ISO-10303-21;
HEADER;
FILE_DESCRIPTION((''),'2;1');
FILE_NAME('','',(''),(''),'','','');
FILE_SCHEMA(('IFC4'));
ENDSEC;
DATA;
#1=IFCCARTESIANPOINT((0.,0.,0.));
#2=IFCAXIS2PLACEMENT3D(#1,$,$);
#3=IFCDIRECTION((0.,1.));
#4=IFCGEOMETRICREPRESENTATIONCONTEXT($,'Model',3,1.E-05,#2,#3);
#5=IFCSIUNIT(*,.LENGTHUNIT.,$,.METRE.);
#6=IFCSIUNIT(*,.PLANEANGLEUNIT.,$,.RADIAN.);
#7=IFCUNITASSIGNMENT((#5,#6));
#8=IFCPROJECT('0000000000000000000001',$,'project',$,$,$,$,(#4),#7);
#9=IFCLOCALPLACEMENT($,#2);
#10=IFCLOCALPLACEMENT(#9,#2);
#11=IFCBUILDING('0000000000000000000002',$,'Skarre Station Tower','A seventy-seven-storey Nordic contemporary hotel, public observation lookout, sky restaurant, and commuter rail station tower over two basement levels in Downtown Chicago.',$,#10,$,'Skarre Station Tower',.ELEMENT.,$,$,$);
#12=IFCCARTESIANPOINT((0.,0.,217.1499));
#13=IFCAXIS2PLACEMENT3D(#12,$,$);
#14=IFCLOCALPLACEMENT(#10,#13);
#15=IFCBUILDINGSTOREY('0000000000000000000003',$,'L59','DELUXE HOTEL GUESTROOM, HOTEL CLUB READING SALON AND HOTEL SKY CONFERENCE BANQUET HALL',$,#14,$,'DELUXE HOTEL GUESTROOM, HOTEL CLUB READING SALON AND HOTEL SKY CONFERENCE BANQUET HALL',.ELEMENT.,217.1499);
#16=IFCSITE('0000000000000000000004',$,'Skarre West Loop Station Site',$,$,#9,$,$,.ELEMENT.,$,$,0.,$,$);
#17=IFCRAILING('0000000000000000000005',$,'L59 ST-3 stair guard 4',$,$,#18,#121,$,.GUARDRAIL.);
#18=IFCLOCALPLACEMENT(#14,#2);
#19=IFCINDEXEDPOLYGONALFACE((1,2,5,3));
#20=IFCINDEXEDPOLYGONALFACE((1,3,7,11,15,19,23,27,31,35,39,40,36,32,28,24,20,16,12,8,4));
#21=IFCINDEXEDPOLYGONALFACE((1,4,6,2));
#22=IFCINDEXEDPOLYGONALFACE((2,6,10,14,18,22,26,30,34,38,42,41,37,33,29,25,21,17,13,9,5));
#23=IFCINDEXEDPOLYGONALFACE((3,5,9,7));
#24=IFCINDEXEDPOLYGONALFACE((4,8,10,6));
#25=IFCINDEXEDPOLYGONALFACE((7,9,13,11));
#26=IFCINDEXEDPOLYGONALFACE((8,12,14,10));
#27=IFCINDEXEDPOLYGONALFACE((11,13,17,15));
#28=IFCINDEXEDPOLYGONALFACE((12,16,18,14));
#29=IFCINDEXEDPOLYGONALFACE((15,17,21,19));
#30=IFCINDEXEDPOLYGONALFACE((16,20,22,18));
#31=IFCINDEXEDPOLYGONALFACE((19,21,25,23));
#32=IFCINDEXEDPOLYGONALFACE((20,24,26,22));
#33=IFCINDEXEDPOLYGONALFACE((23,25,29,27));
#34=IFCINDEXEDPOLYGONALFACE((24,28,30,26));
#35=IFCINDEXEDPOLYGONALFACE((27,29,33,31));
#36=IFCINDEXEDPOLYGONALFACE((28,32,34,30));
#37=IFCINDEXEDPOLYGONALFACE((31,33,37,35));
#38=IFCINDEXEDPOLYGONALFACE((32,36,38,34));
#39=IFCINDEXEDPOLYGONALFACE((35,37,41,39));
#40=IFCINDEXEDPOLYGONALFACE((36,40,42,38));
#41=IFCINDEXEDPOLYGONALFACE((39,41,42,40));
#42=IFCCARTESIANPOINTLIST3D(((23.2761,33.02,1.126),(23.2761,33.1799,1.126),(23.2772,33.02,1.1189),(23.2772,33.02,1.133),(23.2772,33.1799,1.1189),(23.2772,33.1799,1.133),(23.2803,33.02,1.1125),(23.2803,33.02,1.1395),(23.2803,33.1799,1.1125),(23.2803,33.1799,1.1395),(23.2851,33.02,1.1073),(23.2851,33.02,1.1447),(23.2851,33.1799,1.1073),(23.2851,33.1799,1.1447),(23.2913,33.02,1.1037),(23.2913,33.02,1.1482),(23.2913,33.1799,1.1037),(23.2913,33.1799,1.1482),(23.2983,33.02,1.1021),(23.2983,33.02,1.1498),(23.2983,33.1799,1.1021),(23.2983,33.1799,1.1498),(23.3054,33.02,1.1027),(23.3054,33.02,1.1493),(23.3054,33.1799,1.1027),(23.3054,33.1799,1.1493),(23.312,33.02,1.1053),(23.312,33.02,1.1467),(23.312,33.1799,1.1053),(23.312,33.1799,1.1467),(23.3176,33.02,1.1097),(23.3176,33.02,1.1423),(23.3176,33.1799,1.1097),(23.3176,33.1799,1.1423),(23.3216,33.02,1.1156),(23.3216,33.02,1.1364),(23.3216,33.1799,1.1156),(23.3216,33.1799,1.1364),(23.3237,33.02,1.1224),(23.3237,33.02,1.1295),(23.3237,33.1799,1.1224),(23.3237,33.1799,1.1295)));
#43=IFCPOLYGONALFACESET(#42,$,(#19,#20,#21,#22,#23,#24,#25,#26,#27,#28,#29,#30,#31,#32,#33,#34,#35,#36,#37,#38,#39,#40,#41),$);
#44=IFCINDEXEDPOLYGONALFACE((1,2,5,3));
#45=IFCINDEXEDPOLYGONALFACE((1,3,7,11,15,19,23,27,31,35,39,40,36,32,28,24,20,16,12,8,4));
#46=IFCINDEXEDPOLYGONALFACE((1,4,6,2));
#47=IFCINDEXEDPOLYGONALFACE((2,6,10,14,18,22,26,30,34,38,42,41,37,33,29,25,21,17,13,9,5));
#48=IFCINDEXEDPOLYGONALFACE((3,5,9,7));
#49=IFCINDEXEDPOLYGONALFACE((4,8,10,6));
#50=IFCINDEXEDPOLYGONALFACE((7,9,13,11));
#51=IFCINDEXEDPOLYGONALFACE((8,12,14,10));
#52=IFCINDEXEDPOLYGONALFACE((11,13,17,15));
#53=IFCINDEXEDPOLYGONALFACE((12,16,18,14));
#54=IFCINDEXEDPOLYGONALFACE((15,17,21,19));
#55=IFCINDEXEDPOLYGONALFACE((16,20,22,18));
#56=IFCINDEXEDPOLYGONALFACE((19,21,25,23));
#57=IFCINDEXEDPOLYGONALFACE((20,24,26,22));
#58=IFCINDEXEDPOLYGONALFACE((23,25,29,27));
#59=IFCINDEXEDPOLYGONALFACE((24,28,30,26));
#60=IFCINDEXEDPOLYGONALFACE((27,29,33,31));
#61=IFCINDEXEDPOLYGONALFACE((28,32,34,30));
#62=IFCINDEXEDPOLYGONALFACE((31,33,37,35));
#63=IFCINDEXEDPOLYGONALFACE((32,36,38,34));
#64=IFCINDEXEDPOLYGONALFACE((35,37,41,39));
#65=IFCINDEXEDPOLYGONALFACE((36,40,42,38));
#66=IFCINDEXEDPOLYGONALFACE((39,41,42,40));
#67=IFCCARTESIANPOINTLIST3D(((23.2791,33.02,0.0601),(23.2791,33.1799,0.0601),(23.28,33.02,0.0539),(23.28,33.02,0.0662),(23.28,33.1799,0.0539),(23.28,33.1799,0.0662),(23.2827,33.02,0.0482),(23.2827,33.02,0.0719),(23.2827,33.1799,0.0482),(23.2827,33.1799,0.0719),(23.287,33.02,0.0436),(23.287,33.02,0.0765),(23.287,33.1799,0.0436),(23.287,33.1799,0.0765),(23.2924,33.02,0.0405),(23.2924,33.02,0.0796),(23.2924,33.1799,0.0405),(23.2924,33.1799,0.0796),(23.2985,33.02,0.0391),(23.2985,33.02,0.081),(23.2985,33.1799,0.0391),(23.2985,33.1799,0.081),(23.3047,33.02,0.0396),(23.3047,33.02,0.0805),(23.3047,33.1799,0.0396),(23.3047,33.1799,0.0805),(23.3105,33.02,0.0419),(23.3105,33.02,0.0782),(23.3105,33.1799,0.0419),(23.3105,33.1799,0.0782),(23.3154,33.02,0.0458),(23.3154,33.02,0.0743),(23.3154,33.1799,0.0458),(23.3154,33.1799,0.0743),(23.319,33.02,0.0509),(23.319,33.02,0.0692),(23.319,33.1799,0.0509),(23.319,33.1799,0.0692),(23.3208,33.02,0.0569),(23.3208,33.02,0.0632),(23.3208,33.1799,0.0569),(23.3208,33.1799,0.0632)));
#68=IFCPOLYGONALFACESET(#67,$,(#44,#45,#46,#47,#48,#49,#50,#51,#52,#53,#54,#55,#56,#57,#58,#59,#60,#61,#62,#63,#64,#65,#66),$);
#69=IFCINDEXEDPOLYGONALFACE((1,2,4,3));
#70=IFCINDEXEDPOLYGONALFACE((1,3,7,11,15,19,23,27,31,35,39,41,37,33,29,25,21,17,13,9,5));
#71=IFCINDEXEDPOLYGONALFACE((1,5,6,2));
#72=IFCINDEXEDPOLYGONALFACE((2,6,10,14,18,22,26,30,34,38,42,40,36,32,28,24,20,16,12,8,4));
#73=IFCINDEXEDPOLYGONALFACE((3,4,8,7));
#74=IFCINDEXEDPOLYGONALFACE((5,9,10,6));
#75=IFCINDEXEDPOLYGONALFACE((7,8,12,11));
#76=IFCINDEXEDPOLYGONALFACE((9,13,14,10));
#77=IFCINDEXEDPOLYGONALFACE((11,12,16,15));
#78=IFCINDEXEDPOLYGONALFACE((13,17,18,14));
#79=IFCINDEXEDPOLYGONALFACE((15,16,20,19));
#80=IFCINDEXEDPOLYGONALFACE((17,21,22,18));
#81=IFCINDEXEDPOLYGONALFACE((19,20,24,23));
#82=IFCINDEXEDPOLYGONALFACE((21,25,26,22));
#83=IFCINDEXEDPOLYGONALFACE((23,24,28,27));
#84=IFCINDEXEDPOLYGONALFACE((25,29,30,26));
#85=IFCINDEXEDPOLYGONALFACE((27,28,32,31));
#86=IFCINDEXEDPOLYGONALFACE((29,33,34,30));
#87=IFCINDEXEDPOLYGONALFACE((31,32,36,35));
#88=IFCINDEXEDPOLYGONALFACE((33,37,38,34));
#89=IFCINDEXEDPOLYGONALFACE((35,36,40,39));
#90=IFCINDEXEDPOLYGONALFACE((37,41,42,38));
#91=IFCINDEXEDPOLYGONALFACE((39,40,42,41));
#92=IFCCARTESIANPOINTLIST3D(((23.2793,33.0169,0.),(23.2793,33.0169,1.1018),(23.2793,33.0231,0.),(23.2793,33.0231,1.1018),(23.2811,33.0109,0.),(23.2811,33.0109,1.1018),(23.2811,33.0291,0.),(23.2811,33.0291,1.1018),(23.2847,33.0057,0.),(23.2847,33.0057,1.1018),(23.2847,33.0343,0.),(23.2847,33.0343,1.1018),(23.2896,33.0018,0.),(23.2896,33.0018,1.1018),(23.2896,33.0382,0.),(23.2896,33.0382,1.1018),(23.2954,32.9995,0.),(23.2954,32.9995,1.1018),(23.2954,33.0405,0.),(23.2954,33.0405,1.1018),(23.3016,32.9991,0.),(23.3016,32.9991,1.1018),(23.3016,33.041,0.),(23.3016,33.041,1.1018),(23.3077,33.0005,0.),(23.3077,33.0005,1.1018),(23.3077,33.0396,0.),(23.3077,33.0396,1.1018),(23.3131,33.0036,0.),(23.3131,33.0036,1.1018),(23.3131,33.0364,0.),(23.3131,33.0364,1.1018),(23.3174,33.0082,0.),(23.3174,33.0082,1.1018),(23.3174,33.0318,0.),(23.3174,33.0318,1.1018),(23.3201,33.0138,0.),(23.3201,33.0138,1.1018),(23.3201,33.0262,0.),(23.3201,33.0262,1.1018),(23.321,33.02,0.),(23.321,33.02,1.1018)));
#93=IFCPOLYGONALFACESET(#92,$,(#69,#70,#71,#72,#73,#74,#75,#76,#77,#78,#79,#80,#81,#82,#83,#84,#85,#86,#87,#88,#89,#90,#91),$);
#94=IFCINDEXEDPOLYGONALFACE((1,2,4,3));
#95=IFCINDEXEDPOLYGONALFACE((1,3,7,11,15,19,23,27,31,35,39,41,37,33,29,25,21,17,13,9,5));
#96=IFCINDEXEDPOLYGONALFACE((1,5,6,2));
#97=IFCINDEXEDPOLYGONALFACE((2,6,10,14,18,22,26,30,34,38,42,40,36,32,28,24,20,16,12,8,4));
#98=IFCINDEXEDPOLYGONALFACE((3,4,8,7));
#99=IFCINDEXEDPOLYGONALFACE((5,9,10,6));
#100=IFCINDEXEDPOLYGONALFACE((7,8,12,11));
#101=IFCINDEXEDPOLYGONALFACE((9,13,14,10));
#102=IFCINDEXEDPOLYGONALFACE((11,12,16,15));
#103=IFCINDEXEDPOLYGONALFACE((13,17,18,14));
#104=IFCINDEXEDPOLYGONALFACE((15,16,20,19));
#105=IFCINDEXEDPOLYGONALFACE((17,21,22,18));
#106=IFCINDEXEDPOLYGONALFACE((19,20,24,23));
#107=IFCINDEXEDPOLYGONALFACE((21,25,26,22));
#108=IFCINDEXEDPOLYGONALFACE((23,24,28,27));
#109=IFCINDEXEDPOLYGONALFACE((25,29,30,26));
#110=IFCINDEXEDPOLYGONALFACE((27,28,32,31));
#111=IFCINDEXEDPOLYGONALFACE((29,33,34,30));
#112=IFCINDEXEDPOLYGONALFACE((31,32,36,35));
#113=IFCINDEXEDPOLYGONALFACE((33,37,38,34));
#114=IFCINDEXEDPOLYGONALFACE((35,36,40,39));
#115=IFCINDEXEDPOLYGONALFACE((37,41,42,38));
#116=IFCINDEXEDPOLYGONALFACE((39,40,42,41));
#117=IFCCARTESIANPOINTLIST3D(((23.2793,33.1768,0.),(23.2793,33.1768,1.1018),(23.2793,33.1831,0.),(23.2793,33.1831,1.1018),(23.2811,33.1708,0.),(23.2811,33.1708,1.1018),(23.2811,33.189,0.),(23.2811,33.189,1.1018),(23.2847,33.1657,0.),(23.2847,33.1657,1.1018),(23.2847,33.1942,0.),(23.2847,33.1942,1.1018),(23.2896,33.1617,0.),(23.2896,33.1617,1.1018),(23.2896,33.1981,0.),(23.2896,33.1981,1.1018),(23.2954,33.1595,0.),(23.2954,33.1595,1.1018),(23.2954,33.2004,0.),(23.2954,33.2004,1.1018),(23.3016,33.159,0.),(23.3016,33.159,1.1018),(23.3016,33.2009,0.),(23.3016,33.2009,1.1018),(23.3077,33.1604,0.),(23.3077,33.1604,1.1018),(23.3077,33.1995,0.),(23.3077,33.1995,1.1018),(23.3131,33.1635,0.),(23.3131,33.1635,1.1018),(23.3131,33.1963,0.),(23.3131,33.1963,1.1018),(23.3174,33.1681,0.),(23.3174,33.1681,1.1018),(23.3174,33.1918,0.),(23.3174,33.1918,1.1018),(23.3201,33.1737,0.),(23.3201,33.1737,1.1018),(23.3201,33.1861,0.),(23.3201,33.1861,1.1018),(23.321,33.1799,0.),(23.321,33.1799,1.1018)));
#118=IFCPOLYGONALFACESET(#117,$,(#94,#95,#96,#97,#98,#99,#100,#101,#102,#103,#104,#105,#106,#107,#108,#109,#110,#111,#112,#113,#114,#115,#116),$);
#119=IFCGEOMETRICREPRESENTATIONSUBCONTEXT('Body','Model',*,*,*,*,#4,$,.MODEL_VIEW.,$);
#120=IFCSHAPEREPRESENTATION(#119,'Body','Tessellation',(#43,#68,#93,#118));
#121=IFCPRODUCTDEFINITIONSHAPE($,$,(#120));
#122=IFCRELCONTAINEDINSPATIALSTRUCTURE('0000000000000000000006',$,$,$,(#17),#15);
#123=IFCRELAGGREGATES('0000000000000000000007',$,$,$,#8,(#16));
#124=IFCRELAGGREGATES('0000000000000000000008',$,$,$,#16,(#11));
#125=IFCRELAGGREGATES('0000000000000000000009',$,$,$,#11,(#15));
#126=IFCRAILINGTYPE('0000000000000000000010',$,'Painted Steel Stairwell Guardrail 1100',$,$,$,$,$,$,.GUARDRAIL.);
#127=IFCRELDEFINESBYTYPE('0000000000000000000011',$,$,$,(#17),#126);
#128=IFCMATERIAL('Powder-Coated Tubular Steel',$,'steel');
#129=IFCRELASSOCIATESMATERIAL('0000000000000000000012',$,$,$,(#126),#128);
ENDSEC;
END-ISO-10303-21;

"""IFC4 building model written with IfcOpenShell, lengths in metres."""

from ifc_helpers import new_model, si_unit, direction, frame, origin, origin_2d, place, context, subcontext, project, spatial, circle, extrude, material, type_object, element, save


model = new_model("IFC4")

# Units and contexts
model_context = context("Model", 3, precision=1e-05, world=origin(), true_north=direction((0.0, 1.0)))
body_context = subcontext(model_context, "Body", "Model", "MODEL_VIEW")
ifc_project = project(units=[si_unit("LENGTHUNIT", "METRE"), si_unit("PLANEANGLEUNIT", "RADIAN")], contexts=[model_context])

# Site, building, storey
site_placement = place(None, origin())
site = spatial("IfcSite", under=ifc_project, at=site_placement, Name="Skarre West Loop Station Site", CompositionType="ELEMENT", RefElevation=0.0)
building_placement = place(site_placement, origin())
building = spatial("IfcBuilding", under=site, at=building_placement, Name="Skarre Station Tower", Description="A seventy-seven-storey Nordic contemporary hotel, public observation lookout, sky restaurant, and commuter rail station tower over two basement levels in Downtown Chicago.", LongName="Skarre Station Tower", CompositionType="ELEMENT")
storey_placement = place(building_placement, frame((0.0, 0.0, 217.1499)))
storey = spatial("IfcBuildingStorey", under=building, at=storey_placement, Name="L59", Description="DELUXE HOTEL GUESTROOM, HOTEL CLUB READING SALON AND HOTEL SKY CONFERENCE BANQUET HALL", LongName="DELUXE HOTEL GUESTROOM, HOTEL CLUB READING SALON AND HOTEL SKY CONFERENCE BANQUET HALL", CompositionType="ELEMENT", Elevation=217.1499)

# Railing
ifc_material_1 = material(Name="Powder-Coated Tubular Steel", Category="steel")
railing_type_1 = type_object("IfcRailingType", Name="Painted Steel Stairwell Guardrail 1100", PredefinedType="GUARDRAIL", material=ifc_material_1)
railing_1_placement = place(storey_placement, frame((23.3, 33.02, 0.0)))
element("IfcRailing", 1, at=railing_1_placement, inside=storey, type_object=railing_type_1, Name="L59 ST-3 stair guard 4", PredefinedType="GUARDRAIL", context=body_context, shape_type="SweptSolid", body=[
    extrude(circle(Radius=0.0239, at=origin_2d()), frame((0.0, 0.0, 1.126), z_axis=(0.0, 1.0, 0.0), x_axis=(-1.0, 0.0, 0.0)), (0.0, 0.0, 1.0), 0.1599),
    extrude(circle(Radius=0.021, at=origin_2d()), frame((0.0, 0.0, 0.0601), z_axis=(0.0, 1.0, 0.0), x_axis=(-1.0, 0.0, 0.0)), (0.0, 0.0, 1.0), 0.1599),
    extrude(circle(Radius=0.021, at=origin_2d()), origin(), (0.0, 0.0, 1.0), 1.1018),
    extrude(circle(Radius=0.021, at=origin_2d()), frame((0.0, 0.1599, 0.0)), (0.0, 0.0, 1.0), 1.1018),
])

save(model, "model.ifc")
